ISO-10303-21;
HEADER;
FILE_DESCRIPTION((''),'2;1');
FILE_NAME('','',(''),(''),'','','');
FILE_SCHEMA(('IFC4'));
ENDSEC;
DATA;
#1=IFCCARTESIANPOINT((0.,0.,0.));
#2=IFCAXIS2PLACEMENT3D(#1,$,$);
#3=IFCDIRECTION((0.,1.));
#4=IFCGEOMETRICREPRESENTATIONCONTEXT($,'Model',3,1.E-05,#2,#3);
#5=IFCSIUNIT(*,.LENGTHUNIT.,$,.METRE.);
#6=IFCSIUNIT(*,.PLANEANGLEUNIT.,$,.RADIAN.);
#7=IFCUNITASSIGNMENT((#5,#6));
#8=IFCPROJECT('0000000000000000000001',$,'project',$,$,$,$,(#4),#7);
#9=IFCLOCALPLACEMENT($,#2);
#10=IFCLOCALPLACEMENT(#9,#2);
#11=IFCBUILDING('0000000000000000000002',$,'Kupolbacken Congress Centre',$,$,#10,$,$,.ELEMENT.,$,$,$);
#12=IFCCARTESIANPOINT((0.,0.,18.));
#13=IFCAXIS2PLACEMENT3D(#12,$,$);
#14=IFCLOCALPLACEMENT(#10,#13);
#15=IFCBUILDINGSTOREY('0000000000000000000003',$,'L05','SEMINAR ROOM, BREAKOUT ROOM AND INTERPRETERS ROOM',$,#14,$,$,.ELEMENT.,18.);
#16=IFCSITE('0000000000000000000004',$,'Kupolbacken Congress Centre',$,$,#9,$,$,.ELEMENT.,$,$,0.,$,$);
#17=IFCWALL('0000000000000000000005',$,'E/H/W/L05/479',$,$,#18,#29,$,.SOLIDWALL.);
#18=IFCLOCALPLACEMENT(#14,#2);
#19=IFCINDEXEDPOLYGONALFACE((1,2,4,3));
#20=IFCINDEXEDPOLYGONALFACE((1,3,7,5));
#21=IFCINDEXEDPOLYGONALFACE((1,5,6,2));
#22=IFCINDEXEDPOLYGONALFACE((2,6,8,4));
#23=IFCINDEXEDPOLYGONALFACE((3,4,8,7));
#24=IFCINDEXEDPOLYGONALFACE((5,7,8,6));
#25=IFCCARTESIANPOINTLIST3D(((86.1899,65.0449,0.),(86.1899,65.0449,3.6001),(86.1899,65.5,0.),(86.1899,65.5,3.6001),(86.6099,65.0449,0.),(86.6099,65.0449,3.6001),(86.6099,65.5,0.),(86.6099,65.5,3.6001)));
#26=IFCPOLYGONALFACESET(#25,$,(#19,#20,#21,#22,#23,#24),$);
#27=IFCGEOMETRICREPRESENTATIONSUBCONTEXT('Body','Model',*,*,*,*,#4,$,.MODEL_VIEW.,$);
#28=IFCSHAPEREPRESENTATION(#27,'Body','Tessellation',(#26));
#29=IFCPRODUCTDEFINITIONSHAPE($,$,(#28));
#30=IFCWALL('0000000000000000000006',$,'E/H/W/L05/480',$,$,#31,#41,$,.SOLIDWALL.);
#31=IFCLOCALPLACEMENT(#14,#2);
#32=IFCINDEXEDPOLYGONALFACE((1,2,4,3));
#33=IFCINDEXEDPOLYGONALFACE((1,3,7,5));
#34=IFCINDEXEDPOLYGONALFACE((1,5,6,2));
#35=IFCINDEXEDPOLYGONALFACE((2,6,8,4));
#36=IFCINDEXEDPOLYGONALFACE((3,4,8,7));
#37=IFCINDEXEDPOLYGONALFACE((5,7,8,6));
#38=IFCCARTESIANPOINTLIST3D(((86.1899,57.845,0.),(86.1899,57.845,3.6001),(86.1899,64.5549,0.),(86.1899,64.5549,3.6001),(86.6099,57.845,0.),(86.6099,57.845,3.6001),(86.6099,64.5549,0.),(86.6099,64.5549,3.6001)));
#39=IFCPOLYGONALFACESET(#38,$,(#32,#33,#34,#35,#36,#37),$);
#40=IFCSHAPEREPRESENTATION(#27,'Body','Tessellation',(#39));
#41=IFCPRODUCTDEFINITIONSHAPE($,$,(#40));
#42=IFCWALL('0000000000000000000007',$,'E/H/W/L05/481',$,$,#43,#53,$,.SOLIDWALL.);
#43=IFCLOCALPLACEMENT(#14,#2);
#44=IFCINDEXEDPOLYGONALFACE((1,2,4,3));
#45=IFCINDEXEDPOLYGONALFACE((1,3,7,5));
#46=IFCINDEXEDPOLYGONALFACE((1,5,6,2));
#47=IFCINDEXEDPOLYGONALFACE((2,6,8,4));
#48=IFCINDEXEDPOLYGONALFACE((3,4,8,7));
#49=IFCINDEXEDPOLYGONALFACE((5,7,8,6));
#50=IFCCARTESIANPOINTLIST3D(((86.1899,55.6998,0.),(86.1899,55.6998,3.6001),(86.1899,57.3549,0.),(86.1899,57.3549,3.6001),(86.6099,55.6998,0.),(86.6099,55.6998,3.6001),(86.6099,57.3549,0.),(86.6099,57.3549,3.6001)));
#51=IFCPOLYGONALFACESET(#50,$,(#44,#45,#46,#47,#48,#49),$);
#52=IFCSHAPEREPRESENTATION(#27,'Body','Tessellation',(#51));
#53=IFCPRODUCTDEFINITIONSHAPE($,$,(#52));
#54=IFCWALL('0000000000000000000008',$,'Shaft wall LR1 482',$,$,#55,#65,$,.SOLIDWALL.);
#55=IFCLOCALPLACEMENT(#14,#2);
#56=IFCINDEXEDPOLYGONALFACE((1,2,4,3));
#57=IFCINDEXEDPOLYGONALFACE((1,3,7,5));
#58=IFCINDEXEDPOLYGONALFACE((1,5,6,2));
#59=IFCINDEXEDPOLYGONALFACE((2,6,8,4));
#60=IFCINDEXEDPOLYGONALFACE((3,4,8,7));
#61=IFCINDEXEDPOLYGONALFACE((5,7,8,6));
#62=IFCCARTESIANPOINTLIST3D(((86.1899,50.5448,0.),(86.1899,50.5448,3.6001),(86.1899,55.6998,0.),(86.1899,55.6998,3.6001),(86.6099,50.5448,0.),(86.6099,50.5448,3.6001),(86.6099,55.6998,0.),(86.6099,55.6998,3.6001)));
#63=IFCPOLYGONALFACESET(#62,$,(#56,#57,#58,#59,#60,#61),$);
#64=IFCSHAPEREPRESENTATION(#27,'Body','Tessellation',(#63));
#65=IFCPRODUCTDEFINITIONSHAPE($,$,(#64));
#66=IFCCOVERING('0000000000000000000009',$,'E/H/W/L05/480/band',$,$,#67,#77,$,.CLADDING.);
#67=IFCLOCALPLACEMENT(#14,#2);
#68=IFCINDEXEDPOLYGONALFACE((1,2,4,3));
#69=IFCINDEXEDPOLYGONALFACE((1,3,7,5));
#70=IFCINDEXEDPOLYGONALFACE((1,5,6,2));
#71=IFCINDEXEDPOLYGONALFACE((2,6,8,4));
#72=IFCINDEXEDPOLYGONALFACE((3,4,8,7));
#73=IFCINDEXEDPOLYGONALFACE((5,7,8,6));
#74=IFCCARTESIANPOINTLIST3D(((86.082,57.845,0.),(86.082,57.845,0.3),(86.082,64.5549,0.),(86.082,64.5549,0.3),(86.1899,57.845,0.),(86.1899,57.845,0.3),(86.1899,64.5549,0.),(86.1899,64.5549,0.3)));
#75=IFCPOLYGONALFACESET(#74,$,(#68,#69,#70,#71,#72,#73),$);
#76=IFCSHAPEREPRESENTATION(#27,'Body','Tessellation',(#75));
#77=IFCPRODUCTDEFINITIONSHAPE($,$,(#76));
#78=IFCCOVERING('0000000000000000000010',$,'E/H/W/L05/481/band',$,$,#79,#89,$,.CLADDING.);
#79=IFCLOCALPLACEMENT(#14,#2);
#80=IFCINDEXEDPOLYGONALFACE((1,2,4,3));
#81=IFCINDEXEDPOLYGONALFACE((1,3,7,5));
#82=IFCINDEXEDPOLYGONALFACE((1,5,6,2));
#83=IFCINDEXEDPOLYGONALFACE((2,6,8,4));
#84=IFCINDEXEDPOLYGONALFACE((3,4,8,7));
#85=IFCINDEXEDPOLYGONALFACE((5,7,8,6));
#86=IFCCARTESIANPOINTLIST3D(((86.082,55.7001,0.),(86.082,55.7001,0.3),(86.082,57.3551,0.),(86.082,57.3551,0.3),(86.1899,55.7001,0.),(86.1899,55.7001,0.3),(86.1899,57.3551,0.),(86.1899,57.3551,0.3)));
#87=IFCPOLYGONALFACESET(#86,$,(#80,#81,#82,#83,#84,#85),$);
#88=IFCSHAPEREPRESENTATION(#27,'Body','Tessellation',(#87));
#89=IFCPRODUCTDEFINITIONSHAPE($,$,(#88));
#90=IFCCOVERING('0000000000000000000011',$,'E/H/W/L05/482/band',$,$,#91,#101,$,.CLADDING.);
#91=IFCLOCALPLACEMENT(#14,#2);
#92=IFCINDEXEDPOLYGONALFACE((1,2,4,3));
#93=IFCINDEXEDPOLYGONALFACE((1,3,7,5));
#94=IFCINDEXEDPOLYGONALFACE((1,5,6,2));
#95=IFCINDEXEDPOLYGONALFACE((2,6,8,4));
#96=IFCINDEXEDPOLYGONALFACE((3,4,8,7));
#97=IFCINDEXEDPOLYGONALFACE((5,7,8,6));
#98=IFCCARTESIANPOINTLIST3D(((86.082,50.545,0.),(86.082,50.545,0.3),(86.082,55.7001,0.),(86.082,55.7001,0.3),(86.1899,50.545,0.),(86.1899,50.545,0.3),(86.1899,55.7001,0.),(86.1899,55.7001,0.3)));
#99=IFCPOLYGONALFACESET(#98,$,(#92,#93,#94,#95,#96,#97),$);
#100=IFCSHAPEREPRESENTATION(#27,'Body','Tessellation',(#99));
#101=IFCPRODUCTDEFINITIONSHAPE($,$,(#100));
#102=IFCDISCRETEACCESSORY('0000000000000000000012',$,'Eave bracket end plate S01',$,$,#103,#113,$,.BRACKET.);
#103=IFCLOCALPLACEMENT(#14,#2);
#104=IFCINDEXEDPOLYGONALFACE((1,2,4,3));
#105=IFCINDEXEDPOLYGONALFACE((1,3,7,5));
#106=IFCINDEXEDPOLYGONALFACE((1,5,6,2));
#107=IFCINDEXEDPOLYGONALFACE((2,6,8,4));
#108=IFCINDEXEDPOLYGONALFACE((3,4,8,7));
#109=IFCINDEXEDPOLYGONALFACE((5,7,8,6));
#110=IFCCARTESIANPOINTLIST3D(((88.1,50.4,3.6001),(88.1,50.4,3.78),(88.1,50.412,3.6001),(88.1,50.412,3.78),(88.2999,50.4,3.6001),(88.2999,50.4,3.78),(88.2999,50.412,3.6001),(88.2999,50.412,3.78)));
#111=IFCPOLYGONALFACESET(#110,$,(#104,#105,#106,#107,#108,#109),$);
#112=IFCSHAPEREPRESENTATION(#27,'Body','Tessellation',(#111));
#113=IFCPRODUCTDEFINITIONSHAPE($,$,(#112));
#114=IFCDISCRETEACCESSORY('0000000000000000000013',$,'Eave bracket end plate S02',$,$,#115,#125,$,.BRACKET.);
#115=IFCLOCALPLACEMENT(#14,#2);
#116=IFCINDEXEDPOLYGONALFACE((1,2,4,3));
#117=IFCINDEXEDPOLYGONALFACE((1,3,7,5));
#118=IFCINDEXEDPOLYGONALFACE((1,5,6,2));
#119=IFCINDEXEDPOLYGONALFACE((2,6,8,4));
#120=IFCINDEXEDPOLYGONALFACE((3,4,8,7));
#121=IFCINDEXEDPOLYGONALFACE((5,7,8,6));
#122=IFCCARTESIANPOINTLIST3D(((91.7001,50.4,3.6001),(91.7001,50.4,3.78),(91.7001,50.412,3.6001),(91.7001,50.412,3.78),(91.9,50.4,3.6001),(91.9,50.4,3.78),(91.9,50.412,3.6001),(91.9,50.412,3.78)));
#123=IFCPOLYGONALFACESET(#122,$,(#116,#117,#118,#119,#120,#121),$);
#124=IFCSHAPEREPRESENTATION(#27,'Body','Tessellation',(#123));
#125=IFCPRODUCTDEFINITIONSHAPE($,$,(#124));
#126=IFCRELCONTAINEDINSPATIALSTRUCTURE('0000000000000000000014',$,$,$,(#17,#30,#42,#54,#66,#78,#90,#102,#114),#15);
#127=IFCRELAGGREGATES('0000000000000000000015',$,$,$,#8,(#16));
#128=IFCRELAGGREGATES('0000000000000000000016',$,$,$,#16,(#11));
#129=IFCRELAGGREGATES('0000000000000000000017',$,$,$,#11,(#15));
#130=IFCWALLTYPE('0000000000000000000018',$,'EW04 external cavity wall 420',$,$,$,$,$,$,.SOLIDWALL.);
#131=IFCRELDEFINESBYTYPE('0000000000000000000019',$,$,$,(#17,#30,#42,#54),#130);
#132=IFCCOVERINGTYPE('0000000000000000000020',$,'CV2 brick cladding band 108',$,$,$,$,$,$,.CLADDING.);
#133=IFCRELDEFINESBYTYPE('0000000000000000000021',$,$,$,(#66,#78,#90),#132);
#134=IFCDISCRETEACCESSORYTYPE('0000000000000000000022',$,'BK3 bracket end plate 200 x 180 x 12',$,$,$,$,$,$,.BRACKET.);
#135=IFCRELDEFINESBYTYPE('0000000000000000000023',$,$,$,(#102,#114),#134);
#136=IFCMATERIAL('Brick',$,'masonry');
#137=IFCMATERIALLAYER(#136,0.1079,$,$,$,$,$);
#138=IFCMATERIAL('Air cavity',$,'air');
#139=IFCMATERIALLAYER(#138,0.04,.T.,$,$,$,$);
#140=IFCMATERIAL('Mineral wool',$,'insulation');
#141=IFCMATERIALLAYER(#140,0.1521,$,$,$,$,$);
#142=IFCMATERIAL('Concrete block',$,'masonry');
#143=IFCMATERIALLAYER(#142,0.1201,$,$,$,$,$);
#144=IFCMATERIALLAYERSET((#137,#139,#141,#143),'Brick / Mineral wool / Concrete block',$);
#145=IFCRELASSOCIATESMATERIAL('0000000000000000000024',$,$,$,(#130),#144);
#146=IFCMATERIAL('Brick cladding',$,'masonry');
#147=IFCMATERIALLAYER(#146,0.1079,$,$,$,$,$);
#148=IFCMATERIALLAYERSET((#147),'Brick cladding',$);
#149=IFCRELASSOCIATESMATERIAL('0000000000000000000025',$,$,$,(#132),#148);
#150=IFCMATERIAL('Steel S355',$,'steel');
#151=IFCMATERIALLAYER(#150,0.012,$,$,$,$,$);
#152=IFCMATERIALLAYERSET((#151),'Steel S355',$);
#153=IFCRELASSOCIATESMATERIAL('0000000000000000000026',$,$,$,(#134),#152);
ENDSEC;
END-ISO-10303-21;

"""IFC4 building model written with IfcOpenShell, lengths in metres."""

from ifc_helpers import new_model, si_unit, direction, frame, frame_2d, origin, origin_2d, place, context, subcontext, project, spatial, rectangle, extrude, material, layer, layer_set, type_object, element, save


model = new_model("IFC4")

# Units and contexts
model_context = context("Model", 3, precision=1e-05, world=origin(), true_north=direction((0.0, 1.0)))
body_context = subcontext(model_context, "Body", "Model", "MODEL_VIEW")
ifc_project = project(units=[si_unit("LENGTHUNIT", "METRE"), si_unit("PLANEANGLEUNIT", "RADIAN")], contexts=[model_context])

# Site, building, storey
site_placement = place(None, origin())
site = spatial("IfcSite", under=ifc_project, at=site_placement, Name="Kupolbacken Congress Centre", CompositionType="ELEMENT", RefElevation=0.0)
building_placement = place(site_placement, origin())
building = spatial("IfcBuilding", under=site, at=building_placement, Name="Kupolbacken Congress Centre", CompositionType="ELEMENT")
storey_placement = place(building_placement, frame((0.0, 0.0, 18.0)))
storey = spatial("IfcBuildingStorey", under=building, at=storey_placement, Name="L05", Description="SEMINAR ROOM, BREAKOUT ROOM AND INTERPRETERS ROOM", CompositionType="ELEMENT", Elevation=18.0)

# Walls
ifc_material_1 = material(Name="Brick", Category="masonry")
ifc_layer_1 = layer(ifc_material_1, 0.1079)
ifc_material_2 = material(Name="Air cavity", Category="air")
ifc_layer_2 = layer(ifc_material_2, 0.04, ventilated=True)
ifc_material_3 = material(Name="Mineral wool", Category="insulation")
ifc_layer_3 = layer(ifc_material_3, 0.1521)
ifc_material_4 = material(Name="Concrete block", Category="masonry")
ifc_layer_4 = layer(ifc_material_4, 0.1201)
ifc_layer_set_1 = layer_set([ifc_layer_1, ifc_layer_2, ifc_layer_3, ifc_layer_4], Name="Brick / Mineral wool / Concrete block")
wall_type = type_object("IfcWallType", Name="EW04 external cavity wall 420", PredefinedType="SOLIDWALL", material=ifc_layer_set_1)
wall_1_placement = place(storey_placement, frame((86.3999, 65.5, 0.0), z_axis=(0.0, 0.0, 1.0), x_axis=(0.0, -1.0, 0.0)))
element("IfcWall", 1, at=wall_1_placement, inside=storey, type_object=wall_type, Name="E/H/W/L05/479", PredefinedType="SOLIDWALL", context=body_context, shape_type="SweptSolid", body=[
    extrude(rectangle(XDim=0.4551, YDim=0.4199, at=frame_2d((0.2275, 0.0))), origin(), (0.0, 0.0, 1.0), 3.6001),
])
wall_2_placement = place(storey_placement, frame((86.3999, 64.5549, 0.0), z_axis=(0.0, 0.0, 1.0), x_axis=(0.0, -1.0, 0.0)))
element("IfcWall", 2, at=wall_2_placement, inside=storey, type_object=wall_type, Name="E/H/W/L05/480", PredefinedType="SOLIDWALL", context=body_context, shape_type="SweptSolid", body=[
    extrude(rectangle(XDim=6.71, YDim=0.4199, at=frame_2d((3.355, 0.0))), origin(), (0.0, 0.0, 1.0), 3.6001),
])
wall_3_placement = place(storey_placement, frame((86.3999, 57.355, 0.0), z_axis=(0.0, 0.0, 1.0), x_axis=(0.0, -1.0, 0.0)))
element("IfcWall", 3, at=wall_3_placement, inside=storey, type_object=wall_type, Name="E/H/W/L05/481", PredefinedType="SOLIDWALL", context=body_context, shape_type="SweptSolid", body=[
    extrude(rectangle(XDim=1.655, YDim=0.4199, at=frame_2d((0.8276, 0.0))), origin(), (0.0, 0.0, 1.0), 3.6001),
])
wall_4_placement = place(storey_placement, frame((86.3999, 55.7, 0.0), z_axis=(0.0, 0.0, 1.0), x_axis=(0.0, -1.0, 0.0)))
element("IfcWall", 4, at=wall_4_placement, inside=storey, type_object=wall_type, Name="Shaft wall LR1 482", PredefinedType="SOLIDWALL", context=body_context, shape_type="SweptSolid", body=[
    extrude(rectangle(XDim=5.155, YDim=0.4199, at=frame_2d((2.5776, 0.0))), origin(), (0.0, 0.0, 1.0), 3.6001),
])

# Coverings
ifc_material_5 = material(Name="Brick cladding", Category="masonry")
ifc_layer_5 = layer(ifc_material_5, 0.1079)
ifc_layer_set_2 = layer_set([ifc_layer_5], Name="Brick cladding")
covering_type = type_object("IfcCoveringType", Name="CV2 brick cladding band 108", PredefinedType="CLADDING", material=ifc_layer_set_2)
covering_1_placement = place(storey_placement, frame((86.136, 61.2, 0.0), z_axis=(0.0, 0.0, 1.0), x_axis=(0.0, -1.0, 0.0)))
element("IfcCovering", 5, at=covering_1_placement, inside=storey, type_object=covering_type, Name="E/H/W/L05/480/band", PredefinedType="CLADDING", context=body_context, shape_type="SweptSolid", body=[
    extrude(rectangle(XDim=6.71, YDim=0.1079, at=origin_2d()), origin(), (0.0, 0.0, 1.0), 0.3),
])
covering_2_placement = place(storey_placement, frame((86.136, 56.5276, 0.0), z_axis=(0.0, 0.0, 1.0), x_axis=(0.0, -1.0, 0.0)))
element("IfcCovering", 6, at=covering_2_placement, inside=storey, type_object=covering_type, Name="E/H/W/L05/481/band", PredefinedType="CLADDING", context=body_context, shape_type="SweptSolid", body=[
    extrude(rectangle(XDim=1.655, YDim=0.1079, at=origin_2d()), origin(), (0.0, 0.0, 1.0), 0.3),
])
covering_3_placement = place(storey_placement, frame((86.136, 53.1226, 0.0), z_axis=(0.0, 0.0, 1.0), x_axis=(0.0, -1.0, 0.0)))
element("IfcCovering", 7, at=covering_3_placement, inside=storey, type_object=covering_type, Name="E/H/W/L05/482/band", PredefinedType="CLADDING", context=body_context, shape_type="SweptSolid", body=[
    extrude(rectangle(XDim=5.155, YDim=0.1079, at=origin_2d()), origin(), (0.0, 0.0, 1.0), 0.3),
])

# Discrete accessories
ifc_material_6 = material(Name="Steel S355", Category="steel")
ifc_layer_6 = layer(ifc_material_6, 0.012)
ifc_layer_set_3 = layer_set([ifc_layer_6], Name="Steel S355")
discrete_accessory_type = type_object("IfcDiscreteAccessoryType", Name="BK3 bracket end plate 200 x 180 x 12", PredefinedType="BRACKET", material=ifc_layer_set_3)
for number, where, z_axis, x_axis, name in (
    (8, (88.2, 50.406, 3.6001), (0.0, 0.0, 1.0), (1.0, 0.0, 0.0), "Eave bracket end plate S01"),
    (9, (91.8, 50.406, 3.6001), (0.0, 0.0, 1.0), (1.0, 0.0, 0.0), "Eave bracket end plate S02"),
):
    element("IfcDiscreteAccessory", number, at=place(storey_placement, frame(where, z_axis=z_axis, x_axis=x_axis)), inside=storey, type_object=discrete_accessory_type, Name=name, PredefinedType="BRACKET", context=body_context, shape_type="SweptSolid", body=[
        extrude(rectangle(XDim=0.2, YDim=0.012, at=origin_2d()), origin(), (0.0, 0.0, 1.0), 0.1799),
    ])

save(model, "model.ifc")
